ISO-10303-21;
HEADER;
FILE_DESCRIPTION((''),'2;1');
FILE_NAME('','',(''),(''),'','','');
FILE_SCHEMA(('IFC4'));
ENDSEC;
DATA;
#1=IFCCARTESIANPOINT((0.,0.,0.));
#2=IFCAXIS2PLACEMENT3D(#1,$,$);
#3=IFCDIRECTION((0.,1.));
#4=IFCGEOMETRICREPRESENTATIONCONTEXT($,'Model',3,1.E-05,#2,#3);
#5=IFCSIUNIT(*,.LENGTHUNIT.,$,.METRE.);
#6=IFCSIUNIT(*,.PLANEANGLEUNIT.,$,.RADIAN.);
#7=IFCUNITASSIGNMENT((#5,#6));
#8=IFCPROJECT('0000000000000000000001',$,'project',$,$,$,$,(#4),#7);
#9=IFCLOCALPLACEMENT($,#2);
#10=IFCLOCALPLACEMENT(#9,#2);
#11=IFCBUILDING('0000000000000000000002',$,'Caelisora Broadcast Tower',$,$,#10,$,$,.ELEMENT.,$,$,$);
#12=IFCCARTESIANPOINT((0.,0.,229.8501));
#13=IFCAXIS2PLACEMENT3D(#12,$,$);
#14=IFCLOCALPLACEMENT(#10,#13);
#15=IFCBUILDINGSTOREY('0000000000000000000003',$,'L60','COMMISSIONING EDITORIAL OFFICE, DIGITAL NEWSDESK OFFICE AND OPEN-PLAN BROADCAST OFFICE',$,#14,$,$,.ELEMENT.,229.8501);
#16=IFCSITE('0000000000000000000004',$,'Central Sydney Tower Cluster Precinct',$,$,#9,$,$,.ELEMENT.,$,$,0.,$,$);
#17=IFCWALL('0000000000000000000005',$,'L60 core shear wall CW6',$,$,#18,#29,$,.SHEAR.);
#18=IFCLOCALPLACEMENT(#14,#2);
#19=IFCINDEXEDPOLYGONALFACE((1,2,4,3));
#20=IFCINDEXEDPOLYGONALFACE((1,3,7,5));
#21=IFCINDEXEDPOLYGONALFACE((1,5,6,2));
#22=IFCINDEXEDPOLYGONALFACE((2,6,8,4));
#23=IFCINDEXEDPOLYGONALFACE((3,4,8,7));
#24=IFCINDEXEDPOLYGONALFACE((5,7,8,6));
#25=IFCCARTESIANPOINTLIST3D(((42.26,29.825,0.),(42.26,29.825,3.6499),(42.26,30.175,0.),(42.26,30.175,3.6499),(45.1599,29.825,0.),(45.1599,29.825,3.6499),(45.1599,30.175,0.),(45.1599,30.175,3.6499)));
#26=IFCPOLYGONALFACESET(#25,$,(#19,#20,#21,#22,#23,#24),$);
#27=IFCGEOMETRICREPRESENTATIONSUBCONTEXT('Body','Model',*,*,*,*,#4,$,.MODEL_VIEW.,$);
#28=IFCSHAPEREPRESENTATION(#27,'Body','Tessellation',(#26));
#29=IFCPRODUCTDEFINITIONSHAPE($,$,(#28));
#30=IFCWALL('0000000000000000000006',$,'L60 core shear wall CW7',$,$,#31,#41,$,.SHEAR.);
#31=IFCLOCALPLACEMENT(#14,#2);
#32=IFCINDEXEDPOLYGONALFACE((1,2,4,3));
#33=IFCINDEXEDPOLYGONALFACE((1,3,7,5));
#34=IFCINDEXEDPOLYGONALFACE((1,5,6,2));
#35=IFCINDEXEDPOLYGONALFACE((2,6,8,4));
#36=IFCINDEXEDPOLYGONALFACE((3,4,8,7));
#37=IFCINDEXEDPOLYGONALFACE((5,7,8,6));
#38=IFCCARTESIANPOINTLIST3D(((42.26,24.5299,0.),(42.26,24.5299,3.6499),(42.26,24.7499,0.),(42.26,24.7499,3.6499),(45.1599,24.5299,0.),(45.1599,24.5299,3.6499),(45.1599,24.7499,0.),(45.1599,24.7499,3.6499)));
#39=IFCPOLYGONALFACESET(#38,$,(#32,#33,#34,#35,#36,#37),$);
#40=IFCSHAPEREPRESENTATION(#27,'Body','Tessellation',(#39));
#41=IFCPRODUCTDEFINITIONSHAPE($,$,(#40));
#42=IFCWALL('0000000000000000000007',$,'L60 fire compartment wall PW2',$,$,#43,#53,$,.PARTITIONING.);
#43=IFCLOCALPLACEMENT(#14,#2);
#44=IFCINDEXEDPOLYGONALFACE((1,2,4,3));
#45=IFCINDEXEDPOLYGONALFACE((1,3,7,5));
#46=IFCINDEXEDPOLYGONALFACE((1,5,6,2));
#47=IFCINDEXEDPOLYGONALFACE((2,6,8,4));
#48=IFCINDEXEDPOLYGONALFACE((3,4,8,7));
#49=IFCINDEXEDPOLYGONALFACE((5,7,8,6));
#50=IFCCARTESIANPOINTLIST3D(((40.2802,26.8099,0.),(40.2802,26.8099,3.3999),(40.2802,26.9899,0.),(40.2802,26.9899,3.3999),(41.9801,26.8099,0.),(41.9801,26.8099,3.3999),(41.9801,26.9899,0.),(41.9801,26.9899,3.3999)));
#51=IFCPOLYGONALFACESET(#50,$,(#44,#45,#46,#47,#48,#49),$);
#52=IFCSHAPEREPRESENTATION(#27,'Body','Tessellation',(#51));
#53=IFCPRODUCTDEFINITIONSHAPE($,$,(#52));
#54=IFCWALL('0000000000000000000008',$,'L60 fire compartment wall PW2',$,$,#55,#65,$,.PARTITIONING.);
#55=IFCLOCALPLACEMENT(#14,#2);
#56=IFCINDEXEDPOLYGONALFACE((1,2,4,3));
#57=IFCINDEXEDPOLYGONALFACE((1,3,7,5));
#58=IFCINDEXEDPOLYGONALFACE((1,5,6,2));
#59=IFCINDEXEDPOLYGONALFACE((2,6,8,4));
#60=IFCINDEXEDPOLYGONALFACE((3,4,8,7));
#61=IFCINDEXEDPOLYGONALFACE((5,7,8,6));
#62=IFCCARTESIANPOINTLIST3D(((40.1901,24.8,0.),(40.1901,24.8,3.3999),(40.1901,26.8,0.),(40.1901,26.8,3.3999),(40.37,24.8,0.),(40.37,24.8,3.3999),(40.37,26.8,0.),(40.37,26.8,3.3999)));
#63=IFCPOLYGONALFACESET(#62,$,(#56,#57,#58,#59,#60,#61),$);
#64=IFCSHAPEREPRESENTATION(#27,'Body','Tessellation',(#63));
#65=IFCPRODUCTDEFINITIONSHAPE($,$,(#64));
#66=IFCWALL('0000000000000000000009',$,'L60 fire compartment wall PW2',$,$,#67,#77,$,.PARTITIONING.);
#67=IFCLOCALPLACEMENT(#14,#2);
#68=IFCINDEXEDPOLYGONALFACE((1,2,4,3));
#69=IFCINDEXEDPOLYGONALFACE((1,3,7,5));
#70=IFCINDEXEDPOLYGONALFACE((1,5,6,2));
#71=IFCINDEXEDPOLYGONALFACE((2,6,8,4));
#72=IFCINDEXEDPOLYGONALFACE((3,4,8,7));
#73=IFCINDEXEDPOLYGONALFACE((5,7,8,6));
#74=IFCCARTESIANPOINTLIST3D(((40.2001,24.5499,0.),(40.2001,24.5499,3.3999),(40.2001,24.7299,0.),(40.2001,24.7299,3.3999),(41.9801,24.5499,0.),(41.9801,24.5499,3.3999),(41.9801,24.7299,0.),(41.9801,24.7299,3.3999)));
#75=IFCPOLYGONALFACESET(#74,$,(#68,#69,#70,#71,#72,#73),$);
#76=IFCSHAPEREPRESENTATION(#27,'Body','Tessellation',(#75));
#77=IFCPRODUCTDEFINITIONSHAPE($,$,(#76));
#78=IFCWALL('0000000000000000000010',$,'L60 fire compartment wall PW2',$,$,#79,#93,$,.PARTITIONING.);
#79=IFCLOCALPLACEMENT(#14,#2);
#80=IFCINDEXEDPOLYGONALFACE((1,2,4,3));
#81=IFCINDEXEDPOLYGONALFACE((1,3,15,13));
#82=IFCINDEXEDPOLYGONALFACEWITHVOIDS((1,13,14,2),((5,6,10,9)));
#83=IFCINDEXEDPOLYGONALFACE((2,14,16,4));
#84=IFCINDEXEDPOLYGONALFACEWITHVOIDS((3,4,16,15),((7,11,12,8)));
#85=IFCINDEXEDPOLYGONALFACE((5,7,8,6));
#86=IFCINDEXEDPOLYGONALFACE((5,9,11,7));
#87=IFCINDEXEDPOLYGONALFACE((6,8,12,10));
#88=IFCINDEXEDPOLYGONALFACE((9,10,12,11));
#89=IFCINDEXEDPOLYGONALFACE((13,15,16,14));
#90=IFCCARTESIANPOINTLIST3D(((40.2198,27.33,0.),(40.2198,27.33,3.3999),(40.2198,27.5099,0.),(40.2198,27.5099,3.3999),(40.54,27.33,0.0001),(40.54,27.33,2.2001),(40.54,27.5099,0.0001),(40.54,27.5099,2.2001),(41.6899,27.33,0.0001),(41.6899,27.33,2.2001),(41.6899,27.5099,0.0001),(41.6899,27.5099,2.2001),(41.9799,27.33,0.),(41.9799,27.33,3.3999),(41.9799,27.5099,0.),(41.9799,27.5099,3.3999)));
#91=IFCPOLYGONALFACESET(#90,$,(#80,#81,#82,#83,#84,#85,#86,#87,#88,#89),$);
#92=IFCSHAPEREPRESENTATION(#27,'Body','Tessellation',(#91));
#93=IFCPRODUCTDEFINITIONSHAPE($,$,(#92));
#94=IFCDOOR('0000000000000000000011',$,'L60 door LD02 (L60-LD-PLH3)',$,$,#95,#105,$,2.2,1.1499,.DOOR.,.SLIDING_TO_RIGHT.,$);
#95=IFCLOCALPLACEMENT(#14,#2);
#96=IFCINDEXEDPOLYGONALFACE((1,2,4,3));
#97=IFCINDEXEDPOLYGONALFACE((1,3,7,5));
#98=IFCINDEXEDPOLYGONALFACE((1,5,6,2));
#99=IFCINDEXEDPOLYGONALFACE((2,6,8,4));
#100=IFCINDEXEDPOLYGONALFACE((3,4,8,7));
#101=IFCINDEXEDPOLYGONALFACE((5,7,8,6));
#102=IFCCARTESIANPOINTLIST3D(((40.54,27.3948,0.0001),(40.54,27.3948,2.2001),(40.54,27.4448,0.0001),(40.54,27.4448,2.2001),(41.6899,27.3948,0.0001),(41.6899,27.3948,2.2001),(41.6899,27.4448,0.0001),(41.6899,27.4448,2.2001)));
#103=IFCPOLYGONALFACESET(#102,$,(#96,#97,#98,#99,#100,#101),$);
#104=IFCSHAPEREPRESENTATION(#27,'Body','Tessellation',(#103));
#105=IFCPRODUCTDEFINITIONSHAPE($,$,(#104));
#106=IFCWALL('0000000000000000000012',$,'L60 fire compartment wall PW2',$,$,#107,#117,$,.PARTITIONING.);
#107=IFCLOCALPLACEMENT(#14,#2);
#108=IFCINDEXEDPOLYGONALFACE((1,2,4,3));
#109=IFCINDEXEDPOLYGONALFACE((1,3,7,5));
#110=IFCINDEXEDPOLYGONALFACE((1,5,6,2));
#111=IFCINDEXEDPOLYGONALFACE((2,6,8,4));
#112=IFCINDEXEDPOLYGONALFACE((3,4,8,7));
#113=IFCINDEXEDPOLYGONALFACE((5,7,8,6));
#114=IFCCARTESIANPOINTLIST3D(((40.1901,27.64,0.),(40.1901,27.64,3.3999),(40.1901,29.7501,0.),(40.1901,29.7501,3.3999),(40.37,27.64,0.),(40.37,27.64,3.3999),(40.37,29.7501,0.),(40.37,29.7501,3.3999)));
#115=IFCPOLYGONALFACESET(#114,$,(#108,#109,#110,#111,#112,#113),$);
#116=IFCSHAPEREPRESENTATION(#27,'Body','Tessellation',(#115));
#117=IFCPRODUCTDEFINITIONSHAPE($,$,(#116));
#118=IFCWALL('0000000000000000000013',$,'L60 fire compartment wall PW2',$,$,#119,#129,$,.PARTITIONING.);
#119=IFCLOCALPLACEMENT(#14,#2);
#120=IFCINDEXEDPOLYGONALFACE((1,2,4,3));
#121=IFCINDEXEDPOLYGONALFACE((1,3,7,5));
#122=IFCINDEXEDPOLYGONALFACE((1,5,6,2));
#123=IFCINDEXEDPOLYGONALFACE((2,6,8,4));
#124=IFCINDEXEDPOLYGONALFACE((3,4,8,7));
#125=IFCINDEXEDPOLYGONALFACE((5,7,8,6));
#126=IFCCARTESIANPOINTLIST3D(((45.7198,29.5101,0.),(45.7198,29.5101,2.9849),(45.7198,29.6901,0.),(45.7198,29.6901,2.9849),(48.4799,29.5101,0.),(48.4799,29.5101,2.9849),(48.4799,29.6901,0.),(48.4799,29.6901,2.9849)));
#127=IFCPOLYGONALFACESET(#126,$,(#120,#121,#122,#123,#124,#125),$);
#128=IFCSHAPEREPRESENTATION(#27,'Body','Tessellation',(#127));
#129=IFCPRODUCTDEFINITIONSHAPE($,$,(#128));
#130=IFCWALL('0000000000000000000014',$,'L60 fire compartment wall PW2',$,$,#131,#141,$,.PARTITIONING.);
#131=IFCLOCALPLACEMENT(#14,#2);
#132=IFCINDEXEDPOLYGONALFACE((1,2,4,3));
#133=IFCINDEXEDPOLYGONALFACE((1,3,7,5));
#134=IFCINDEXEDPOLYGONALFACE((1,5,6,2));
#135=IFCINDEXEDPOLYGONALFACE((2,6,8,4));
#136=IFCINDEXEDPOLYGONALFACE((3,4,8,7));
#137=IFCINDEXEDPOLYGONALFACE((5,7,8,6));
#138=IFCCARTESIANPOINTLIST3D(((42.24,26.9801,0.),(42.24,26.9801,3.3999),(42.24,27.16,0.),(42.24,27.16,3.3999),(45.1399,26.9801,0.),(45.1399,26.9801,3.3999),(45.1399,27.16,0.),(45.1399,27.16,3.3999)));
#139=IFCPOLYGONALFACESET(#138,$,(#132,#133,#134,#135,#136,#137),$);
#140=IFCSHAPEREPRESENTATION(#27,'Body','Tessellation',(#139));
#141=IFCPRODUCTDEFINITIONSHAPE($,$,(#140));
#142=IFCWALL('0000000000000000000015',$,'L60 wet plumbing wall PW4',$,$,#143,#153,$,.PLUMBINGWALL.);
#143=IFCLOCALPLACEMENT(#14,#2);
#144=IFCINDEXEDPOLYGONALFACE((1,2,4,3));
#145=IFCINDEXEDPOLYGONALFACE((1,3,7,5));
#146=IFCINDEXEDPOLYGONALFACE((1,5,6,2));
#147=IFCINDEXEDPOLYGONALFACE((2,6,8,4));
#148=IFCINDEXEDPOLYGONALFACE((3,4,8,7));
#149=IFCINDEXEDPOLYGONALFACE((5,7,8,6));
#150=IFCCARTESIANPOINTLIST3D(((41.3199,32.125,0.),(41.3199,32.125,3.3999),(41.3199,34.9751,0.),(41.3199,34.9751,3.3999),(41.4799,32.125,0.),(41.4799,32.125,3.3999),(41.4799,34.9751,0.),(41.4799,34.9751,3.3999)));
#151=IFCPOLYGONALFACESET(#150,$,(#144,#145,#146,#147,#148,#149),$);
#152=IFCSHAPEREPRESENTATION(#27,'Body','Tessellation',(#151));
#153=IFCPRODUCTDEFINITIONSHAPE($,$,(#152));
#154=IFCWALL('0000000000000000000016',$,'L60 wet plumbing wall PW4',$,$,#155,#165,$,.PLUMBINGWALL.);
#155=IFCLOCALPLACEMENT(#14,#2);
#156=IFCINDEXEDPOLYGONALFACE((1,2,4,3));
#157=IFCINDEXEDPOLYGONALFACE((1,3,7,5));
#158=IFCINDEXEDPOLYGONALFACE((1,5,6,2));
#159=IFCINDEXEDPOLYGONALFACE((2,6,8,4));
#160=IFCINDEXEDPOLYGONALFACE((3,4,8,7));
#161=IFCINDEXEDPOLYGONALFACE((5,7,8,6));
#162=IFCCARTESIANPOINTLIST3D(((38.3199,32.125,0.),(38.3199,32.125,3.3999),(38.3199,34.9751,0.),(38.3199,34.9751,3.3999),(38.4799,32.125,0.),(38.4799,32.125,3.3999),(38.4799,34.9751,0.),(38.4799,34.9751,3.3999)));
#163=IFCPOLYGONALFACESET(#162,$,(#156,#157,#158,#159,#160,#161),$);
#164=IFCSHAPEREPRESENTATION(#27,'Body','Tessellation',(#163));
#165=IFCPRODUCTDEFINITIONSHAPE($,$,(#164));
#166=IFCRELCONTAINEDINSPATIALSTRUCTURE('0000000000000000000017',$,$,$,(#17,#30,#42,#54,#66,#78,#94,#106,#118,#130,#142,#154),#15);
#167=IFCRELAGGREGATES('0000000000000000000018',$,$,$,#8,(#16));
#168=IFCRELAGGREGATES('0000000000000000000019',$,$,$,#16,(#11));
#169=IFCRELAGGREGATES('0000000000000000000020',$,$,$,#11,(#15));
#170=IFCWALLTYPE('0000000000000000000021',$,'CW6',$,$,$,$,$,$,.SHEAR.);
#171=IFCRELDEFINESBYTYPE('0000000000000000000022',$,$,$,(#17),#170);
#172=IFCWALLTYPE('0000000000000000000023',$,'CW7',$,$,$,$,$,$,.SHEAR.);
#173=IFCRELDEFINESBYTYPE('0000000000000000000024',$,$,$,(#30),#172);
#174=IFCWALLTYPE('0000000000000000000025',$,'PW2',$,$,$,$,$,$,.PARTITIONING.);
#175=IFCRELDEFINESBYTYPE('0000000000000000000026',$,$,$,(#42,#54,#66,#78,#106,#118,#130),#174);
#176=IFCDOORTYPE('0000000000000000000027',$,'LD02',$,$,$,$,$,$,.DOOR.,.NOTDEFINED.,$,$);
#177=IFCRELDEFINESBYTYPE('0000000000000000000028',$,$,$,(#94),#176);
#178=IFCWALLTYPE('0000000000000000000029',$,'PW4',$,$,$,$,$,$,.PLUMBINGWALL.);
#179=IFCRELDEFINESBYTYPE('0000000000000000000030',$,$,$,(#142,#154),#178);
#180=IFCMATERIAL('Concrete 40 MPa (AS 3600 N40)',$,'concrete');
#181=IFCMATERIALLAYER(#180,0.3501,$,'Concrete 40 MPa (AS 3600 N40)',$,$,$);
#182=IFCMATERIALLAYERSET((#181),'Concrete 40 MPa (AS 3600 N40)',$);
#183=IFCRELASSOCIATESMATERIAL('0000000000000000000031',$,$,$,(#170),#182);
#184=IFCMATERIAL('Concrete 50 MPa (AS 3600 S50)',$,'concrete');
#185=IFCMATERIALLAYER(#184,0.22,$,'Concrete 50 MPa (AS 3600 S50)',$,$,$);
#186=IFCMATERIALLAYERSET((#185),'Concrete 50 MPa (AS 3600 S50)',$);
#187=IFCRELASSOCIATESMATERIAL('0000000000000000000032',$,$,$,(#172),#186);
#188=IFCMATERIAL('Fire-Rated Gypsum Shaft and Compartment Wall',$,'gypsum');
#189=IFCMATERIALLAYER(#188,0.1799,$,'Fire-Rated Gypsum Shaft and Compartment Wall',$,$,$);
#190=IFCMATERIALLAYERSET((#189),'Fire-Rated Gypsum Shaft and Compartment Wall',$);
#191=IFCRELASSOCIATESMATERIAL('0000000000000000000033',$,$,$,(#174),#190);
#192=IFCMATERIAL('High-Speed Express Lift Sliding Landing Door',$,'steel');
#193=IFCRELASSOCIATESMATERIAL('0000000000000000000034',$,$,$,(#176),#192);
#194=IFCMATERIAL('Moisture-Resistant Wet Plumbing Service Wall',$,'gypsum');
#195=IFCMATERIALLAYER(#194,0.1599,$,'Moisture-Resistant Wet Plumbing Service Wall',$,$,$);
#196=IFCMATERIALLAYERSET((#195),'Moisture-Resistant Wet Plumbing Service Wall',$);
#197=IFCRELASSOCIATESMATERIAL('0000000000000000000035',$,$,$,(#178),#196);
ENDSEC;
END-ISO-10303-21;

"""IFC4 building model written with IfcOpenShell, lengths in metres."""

from ifc_helpers import new_model, si_unit, direction, frame, frame_2d, origin, place, context, subcontext, project, spatial, rectangle, extrude, material, layer, layer_set, type_object, element, fill, save


model = new_model("IFC4")

# Units and contexts
model_context = context("Model", 3, precision=1e-05, world=origin(), true_north=direction((0.0, 1.0)))
body_context = subcontext(model_context, "Body", "Model", "MODEL_VIEW")
ifc_project = project(units=[si_unit("LENGTHUNIT", "METRE"), si_unit("PLANEANGLEUNIT", "RADIAN")], contexts=[model_context])

# Site, building, storey
site_placement = place(None, origin())
site = spatial("IfcSite", under=ifc_project, at=site_placement, Name="Central Sydney Tower Cluster Precinct", CompositionType="ELEMENT", RefElevation=0.0)
building_placement = place(site_placement, origin())
building = spatial("IfcBuilding", under=site, at=building_placement, Name="Caelisora Broadcast Tower", CompositionType="ELEMENT")
storey_placement = place(building_placement, frame((0.0, 0.0, 229.8501)))
storey = spatial("IfcBuildingStorey", under=building, at=storey_placement, Name="L60", Description="COMMISSIONING EDITORIAL OFFICE, DIGITAL NEWSDESK OFFICE AND OPEN-PLAN BROADCAST OFFICE", CompositionType="ELEMENT", Elevation=229.8501)

# Walls
ifc_material_1 = material(Name="Concrete 40 MPa (AS 3600 N40)", Category="concrete")
ifc_layer_1 = layer(ifc_material_1, 0.3501, Name="Concrete 40 MPa (AS 3600 N40)")
ifc_layer_set_1 = layer_set([ifc_layer_1], Name="Concrete 40 MPa (AS 3600 N40)")
wall_type_1 = type_object("IfcWallType", Name="CW6", PredefinedType="SHEAR", material=ifc_layer_set_1)
wall_1_placement = place(storey_placement, frame((42.26, 30.0, 0.0), z_axis=(0.0, 0.0, 1.0), x_axis=(1.0, 0.0, 0.0)))
element("IfcWall", 1, at=wall_1_placement, inside=storey, type_object=wall_type_1, Name="L60 core shear wall CW6", PredefinedType="SHEAR", context=body_context, shape_type="SweptSolid", body=[
    extrude(rectangle(XDim=2.8999, YDim=0.3501, at=frame_2d((1.45, 0.0))), origin(), (0.0, 0.0, 1.0), 3.6499),
])
ifc_material_2 = material(Name="Concrete 50 MPa (AS 3600 S50)", Category="concrete")
ifc_layer_2 = layer(ifc_material_2, 0.22, Name="Concrete 50 MPa (AS 3600 S50)")
ifc_layer_set_2 = layer_set([ifc_layer_2], Name="Concrete 50 MPa (AS 3600 S50)")
wall_type_2 = type_object("IfcWallType", Name="CW7", PredefinedType="SHEAR", material=ifc_layer_set_2)
wall_2_placement = place(storey_placement, frame((42.26, 24.6399, 0.0), z_axis=(0.0, 0.0, 1.0), x_axis=(1.0, 0.0, 0.0)))
element("IfcWall", 2, at=wall_2_placement, inside=storey, type_object=wall_type_2, Name="L60 core shear wall CW7", PredefinedType="SHEAR", context=body_context, shape_type="SweptSolid", body=[
    extrude(rectangle(XDim=2.8999, YDim=0.22, at=frame_2d((1.45, 0.0))), origin(), (0.0, 0.0, 1.0), 3.6499),
])
ifc_material_3 = material(Name="Fire-Rated Gypsum Shaft and Compartment Wall", Category="gypsum")
ifc_layer_3 = layer(ifc_material_3, 0.1799, Name="Fire-Rated Gypsum Shaft and Compartment Wall")
ifc_layer_set_3 = layer_set([ifc_layer_3], Name="Fire-Rated Gypsum Shaft and Compartment Wall")
wall_type_3 = type_object("IfcWallType", Name="PW2", PredefinedType="PARTITIONING", material=ifc_layer_set_3)
wall_3_placement = place(storey_placement, frame((40.28, 26.8999, 0.0), z_axis=(0.0, 0.0, 1.0), x_axis=(1.0, 0.0, 0.0)))
element("IfcWall", 3, at=wall_3_placement, inside=storey, type_object=wall_type_3, Name="L60 fire compartment wall PW2", PredefinedType="PARTITIONING", context=body_context, shape_type="SweptSolid", body=[
    extrude(rectangle(XDim=1.7, YDim=0.1799, at=frame_2d((0.8501, 0.0))), origin(), (0.0, 0.0, 1.0), 3.3999),
])
wall_4_placement = place(storey_placement, frame((40.28, 24.8, 0.0), z_axis=(0.0, 0.0, 1.0), x_axis=(0.0, 1.0, 0.0)))
element("IfcWall", 4, at=wall_4_placement, inside=storey, type_object=wall_type_3, Name="L60 fire compartment wall PW2", PredefinedType="PARTITIONING", context=body_context, shape_type="SweptSolid", body=[
    extrude(rectangle(XDim=2.0, YDim=0.1799, at=frame_2d((1.0, 0.0))), origin(), (0.0, 0.0, 1.0), 3.3999),
])
wall_5_placement = place(storey_placement, frame((40.2, 24.6399, 0.0), z_axis=(0.0, 0.0, 1.0), x_axis=(1.0, 0.0, 0.0)))
element("IfcWall", 5, at=wall_5_placement, inside=storey, type_object=wall_type_3, Name="L60 fire compartment wall PW2", PredefinedType="PARTITIONING", context=body_context, shape_type="SweptSolid", body=[
    extrude(rectangle(XDim=1.78, YDim=0.1799, at=frame_2d((0.8901, 0.0))), origin(), (0.0, 0.0, 1.0), 3.3999),
])

# Wall, opening, door
wall_6_placement = place(storey_placement, frame((40.22, 27.4199, 0.0), z_axis=(0.0, 0.0, 1.0), x_axis=(1.0, 0.0, 0.0)))
wall_6 = element("IfcWall", 6, at=wall_6_placement, inside=storey, type_object=wall_type_3, Name="L60 fire compartment wall PW2", PredefinedType="PARTITIONING", context=body_context, shape_type="SweptSolid", body=[
    extrude(rectangle(XDim=1.76, YDim=0.1799, at=frame_2d((0.8799, 0.0))), origin(), (0.0, 0.0, 1.0), 3.3999),
])
opening_placement = place(wall_6_placement, frame((0.3201, 0.0, 0.0)))
opening = element("IfcOpeningElement", 7, at=opening_placement, cuts=wall_6, PredefinedType="OPENING", context=body_context, shape_type="SweptSolid", body=[
    extrude(rectangle(XDim=1.1499, YDim=2.2, at=frame_2d((0.575, 1.1001))), frame((0.0, 0.1021, 0.0), z_axis=(0.0, -1.0, 0.0), x_axis=(1.0, 0.0, 0.0)), (0.0, 0.0, 1.0), 0.2039),
])
ifc_material_4 = material(Name="High-Speed Express Lift Sliding Landing Door", Category="steel")
door_type = type_object("IfcDoorType", Name="LD02", OperationType="NOTDEFINED", PredefinedType="DOOR", material=ifc_material_4)
door_placement = place(opening_placement, origin())
door = element("IfcDoor", 8, at=door_placement, inside=storey, type_object=door_type, Name="L60 door LD02 (L60-LD-PLH3)", OperationType="SLIDING_TO_RIGHT", OverallHeight=2.2, OverallWidth=1.1499, PredefinedType="DOOR", context=body_context, shape_type="SweptSolid", body=[
    extrude(rectangle(XDim=1.1499, YDim=2.2, at=frame_2d((0.575, 1.1001))), frame((0.0, 0.0249, 0.0), z_axis=(0.0, -1.0, 0.0), x_axis=(1.0, 0.0, 0.0)), (0.0, 0.0, 1.0), 0.05),
])
fill(opening, door)

# Walls
wall_7_placement = place(storey_placement, frame((40.28, 27.6399, 0.0), z_axis=(0.0, 0.0, 1.0), x_axis=(0.0, 1.0, 0.0)))
element("IfcWall", 9, at=wall_7_placement, inside=storey, type_object=wall_type_3, Name="L60 fire compartment wall PW2", PredefinedType="PARTITIONING", context=body_context, shape_type="SweptSolid", body=[
    extrude(rectangle(XDim=2.1101, YDim=0.1799, at=frame_2d((1.0552, 0.0))), origin(), (0.0, 0.0, 1.0), 3.3999),
])
wall_8_placement = place(storey_placement, frame((45.72, 29.6001, 0.0), z_axis=(0.0, 0.0, 1.0), x_axis=(1.0, 0.0, 0.0)))
element("IfcWall", 10, at=wall_8_placement, inside=storey, type_object=wall_type_3, Name="L60 fire compartment wall PW2", PredefinedType="PARTITIONING", context=body_context, shape_type="SweptSolid", body=[
    extrude(rectangle(XDim=2.76, YDim=0.1799, at=frame_2d((1.3799, 0.0))), origin(), (0.0, 0.0, 1.0), 2.9849),
])
wall_9_placement = place(storey_placement, frame((42.24, 27.0701, 0.0), z_axis=(0.0, 0.0, 1.0), x_axis=(1.0, 0.0, 0.0)))
element("IfcWall", 11, at=wall_9_placement, inside=storey, type_object=wall_type_3, Name="L60 fire compartment wall PW2", PredefinedType="PARTITIONING", context=body_context, shape_type="SweptSolid", body=[
    extrude(rectangle(XDim=2.8999, YDim=0.1799, at=frame_2d((1.45, 0.0))), origin(), (0.0, 0.0, 1.0), 3.3999),
])
ifc_material_5 = material(Name="Moisture-Resistant Wet Plumbing Service Wall", Category="gypsum")
ifc_layer_4 = layer(ifc_material_5, 0.1599, Name="Moisture-Resistant Wet Plumbing Service Wall")
ifc_layer_set_4 = layer_set([ifc_layer_4], Name="Moisture-Resistant Wet Plumbing Service Wall")
wall_type_4 = type_object("IfcWallType", Name="PW4", PredefinedType="PLUMBINGWALL", material=ifc_layer_set_4)
for number, where, z_axis, x_axis, name in (
    (12, (41.3999, 32.125, 0.0), (0.0, 0.0, 1.0), (0.0, 1.0, 0.0), "L60 wet plumbing wall PW4"),
    (13, (38.3999, 32.125, 0.0), (0.0, 0.0, 1.0), (0.0, 1.0, 0.0), "L60 wet plumbing wall PW4"),
):
    element("IfcWall", number, at=place(storey_placement, frame(where, z_axis=z_axis, x_axis=x_axis)), inside=storey, type_object=wall_type_4, Name=name, PredefinedType="PLUMBINGWALL", context=body_context, shape_type="SweptSolid", body=[
        extrude(rectangle(XDim=2.8501, YDim=0.1599, at=frame_2d((1.425, 0.0))), origin(), (0.0, 0.0, 1.0), 3.3999),
    ])

save(model, "model.ifc")
